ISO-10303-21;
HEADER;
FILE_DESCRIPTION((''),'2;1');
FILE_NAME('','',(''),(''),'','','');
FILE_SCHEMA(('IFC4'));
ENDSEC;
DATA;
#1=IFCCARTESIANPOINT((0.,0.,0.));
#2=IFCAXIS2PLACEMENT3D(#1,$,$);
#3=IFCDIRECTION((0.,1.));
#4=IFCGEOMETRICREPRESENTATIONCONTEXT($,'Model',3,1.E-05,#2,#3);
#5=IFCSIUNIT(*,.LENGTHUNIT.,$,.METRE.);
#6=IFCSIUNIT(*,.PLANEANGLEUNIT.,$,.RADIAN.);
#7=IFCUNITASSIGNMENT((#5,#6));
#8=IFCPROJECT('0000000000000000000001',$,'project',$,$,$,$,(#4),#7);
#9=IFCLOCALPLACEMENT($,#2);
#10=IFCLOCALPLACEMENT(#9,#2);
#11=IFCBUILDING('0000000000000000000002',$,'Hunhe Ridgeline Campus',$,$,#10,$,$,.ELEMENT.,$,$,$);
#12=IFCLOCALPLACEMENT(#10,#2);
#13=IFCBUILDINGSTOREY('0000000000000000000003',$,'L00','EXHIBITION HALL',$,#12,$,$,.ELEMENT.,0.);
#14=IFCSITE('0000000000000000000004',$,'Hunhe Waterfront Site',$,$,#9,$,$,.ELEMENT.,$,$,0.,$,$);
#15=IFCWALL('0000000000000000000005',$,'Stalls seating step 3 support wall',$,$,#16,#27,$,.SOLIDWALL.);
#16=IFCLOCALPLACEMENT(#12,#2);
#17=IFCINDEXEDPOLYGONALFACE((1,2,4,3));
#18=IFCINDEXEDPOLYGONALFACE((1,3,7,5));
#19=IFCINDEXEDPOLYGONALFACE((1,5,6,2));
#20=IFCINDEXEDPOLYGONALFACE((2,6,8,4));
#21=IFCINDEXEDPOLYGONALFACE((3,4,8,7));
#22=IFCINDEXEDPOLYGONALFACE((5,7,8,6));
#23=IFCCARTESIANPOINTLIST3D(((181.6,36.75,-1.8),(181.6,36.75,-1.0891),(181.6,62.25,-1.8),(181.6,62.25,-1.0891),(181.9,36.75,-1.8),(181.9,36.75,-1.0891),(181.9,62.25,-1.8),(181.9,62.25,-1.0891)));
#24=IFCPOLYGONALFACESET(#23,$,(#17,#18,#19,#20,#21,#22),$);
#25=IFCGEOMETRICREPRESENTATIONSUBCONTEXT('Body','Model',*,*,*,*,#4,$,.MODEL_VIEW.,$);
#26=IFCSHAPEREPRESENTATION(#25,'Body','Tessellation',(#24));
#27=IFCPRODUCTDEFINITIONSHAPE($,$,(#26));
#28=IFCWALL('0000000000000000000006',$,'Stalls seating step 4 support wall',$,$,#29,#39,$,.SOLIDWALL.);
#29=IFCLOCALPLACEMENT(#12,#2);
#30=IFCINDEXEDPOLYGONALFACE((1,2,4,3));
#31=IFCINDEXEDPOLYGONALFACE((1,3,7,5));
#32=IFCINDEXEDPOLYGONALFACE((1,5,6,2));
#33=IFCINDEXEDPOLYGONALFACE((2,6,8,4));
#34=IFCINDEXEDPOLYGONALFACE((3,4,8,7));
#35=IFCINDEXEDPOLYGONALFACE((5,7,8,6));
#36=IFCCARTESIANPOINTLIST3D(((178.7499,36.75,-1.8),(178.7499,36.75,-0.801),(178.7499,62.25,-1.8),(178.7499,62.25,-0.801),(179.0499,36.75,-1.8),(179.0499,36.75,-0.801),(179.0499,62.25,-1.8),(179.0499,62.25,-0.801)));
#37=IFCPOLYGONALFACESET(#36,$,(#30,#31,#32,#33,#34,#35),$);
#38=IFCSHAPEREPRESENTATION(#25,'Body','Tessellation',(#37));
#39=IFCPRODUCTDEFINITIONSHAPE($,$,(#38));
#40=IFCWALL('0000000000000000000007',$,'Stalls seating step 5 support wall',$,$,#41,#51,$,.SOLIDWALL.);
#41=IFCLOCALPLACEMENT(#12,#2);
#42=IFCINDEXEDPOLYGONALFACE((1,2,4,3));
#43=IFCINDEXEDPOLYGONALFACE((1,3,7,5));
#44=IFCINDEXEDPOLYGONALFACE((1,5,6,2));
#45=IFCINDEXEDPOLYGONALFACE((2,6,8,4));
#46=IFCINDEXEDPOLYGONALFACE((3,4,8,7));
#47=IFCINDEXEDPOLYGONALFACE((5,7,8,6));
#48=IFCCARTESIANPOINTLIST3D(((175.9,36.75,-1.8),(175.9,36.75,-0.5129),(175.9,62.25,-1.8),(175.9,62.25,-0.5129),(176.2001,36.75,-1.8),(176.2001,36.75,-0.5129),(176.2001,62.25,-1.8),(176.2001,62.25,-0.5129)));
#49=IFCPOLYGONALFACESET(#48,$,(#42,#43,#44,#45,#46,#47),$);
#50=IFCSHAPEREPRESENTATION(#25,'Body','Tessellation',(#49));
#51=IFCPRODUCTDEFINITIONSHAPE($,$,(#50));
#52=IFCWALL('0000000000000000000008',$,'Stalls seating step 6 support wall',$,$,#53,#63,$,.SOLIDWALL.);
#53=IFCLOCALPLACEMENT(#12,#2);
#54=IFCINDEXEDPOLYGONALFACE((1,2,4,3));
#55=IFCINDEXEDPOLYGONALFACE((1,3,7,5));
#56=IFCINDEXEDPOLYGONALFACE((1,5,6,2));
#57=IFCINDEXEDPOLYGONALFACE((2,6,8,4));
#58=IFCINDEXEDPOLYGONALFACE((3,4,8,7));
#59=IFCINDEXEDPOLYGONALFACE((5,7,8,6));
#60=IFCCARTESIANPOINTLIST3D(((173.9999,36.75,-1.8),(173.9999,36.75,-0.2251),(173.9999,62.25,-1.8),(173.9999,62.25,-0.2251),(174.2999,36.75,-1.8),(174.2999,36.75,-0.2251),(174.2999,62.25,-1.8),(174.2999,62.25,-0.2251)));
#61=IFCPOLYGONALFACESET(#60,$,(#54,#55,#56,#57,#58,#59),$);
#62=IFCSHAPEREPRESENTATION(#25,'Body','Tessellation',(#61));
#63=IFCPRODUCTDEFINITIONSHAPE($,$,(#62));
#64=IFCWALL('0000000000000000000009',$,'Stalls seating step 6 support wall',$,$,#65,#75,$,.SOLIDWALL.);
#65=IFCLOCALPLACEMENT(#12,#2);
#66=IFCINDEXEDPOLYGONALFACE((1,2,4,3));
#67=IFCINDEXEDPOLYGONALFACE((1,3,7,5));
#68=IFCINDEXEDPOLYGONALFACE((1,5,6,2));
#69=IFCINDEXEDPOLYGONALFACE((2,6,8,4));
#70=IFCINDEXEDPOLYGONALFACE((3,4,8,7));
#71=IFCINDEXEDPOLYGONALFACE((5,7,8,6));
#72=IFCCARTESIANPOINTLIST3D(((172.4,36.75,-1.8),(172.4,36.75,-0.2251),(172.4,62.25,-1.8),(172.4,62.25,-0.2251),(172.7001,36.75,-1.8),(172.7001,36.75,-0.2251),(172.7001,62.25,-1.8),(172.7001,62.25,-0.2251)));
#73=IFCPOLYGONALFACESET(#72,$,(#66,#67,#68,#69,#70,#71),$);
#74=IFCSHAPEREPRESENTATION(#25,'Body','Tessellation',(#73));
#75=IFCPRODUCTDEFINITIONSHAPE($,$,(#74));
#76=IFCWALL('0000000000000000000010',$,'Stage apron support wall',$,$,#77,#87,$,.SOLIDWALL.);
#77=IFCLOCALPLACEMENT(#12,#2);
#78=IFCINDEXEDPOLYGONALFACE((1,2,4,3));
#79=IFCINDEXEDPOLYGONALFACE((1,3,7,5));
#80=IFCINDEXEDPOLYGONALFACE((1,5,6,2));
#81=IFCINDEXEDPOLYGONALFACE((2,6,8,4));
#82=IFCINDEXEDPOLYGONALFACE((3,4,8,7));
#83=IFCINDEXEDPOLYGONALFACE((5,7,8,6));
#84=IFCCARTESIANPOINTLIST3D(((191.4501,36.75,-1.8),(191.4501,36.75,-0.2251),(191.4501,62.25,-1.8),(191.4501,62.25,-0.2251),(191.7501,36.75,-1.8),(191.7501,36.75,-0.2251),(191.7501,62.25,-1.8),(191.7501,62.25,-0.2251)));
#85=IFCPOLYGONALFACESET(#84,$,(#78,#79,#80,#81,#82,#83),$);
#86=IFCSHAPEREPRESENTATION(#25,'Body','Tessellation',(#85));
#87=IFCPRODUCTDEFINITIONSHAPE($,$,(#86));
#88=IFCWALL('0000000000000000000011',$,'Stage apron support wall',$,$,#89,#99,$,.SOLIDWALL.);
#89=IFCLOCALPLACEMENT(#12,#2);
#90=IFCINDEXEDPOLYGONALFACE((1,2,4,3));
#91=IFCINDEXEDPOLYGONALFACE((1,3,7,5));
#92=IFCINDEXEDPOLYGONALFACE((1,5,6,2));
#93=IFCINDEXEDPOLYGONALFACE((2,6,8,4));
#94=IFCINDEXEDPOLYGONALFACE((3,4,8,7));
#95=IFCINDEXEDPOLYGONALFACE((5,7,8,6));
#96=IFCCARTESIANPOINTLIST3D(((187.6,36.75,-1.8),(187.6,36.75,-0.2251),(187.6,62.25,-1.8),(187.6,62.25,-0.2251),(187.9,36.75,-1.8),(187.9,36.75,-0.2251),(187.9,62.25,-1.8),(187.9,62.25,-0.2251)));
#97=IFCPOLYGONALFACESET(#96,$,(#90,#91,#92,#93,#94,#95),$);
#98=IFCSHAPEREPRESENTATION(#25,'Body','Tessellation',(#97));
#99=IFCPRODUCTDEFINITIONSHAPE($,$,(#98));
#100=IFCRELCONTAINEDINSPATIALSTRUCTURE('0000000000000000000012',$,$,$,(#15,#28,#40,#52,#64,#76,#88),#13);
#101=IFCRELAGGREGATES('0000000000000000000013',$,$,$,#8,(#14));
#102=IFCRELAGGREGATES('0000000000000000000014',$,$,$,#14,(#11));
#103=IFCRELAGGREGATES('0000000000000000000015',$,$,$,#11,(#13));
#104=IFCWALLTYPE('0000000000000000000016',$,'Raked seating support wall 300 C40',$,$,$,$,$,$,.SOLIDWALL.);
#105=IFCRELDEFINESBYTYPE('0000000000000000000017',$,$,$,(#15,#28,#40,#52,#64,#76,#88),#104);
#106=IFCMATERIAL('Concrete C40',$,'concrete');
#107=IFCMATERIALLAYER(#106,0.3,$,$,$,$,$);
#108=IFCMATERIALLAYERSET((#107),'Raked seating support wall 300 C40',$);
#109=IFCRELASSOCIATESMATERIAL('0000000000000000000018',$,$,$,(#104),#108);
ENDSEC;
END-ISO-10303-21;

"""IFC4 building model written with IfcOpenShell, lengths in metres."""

from ifc_helpers import new_model, si_unit, direction, frame, frame_2d, origin, place, context, subcontext, project, spatial, rectangle, extrude, material, layer, layer_set, type_object, element, save


model = new_model("IFC4")

# Units and contexts
model_context = context("Model", 3, precision=1e-05, world=origin(), true_north=direction((0.0, 1.0)))
body_context = subcontext(model_context, "Body", "Model", "MODEL_VIEW")
ifc_project = project(units=[si_unit("LENGTHUNIT", "METRE"), si_unit("PLANEANGLEUNIT", "RADIAN")], contexts=[model_context])

# Site, building, storey
site_placement = place(None, origin())
site = spatial("IfcSite", under=ifc_project, at=site_placement, Name="Hunhe Waterfront Site", CompositionType="ELEMENT", RefElevation=0.0)
building_placement = place(site_placement, origin())
building = spatial("IfcBuilding", under=site, at=building_placement, Name="Hunhe Ridgeline Campus", CompositionType="ELEMENT")
storey_placement = place(building_placement, origin())
storey = spatial("IfcBuildingStorey", under=building, at=storey_placement, Name="L00", Description="EXHIBITION HALL", CompositionType="ELEMENT", Elevation=0.0)

# Walls
ifc_material_1 = material(Name="Concrete C40", Category="concrete")
ifc_layer_1 = layer(ifc_material_1, 0.3)
ifc_layer_set_1 = layer_set([ifc_layer_1], Name="Raked seating support wall 300 C40")
wall_type_1 = type_object("IfcWallType", Name="Raked seating support wall 300 C40", PredefinedType="SOLIDWALL", material=ifc_layer_set_1)
wall_1_placement = place(storey_placement, frame((181.75, 36.75, -1.8), z_axis=(0.0, 0.0, 1.0), x_axis=(0.0, 1.0, 0.0)))
element("IfcWall", 1, at=wall_1_placement, inside=storey, type_object=wall_type_1, Name="Stalls seating step 3 support wall", PredefinedType="SOLIDWALL", context=body_context, shape_type="SweptSolid", body=[
    extrude(rectangle(XDim=25.5, YDim=0.3, at=frame_2d((12.75, 0.0))), origin(), (0.0, 0.0, 1.0), 0.7109),
])
wall_2_placement = place(storey_placement, frame((178.8999, 36.75, -1.8), z_axis=(0.0, 0.0, 1.0), x_axis=(0.0, 1.0, 0.0)))
element("IfcWall", 2, at=wall_2_placement, inside=storey, type_object=wall_type_1, Name="Stalls seating step 4 support wall", PredefinedType="SOLIDWALL", context=body_context, shape_type="SweptSolid", body=[
    extrude(rectangle(XDim=25.5, YDim=0.3, at=frame_2d((12.75, 0.0))), origin(), (0.0, 0.0, 1.0), 0.999),
])
wall_3_placement = place(storey_placement, frame((176.05, 36.75, -1.8), z_axis=(0.0, 0.0, 1.0), x_axis=(0.0, 1.0, 0.0)))
element("IfcWall", 3, at=wall_3_placement, inside=storey, type_object=wall_type_1, Name="Stalls seating step 5 support wall", PredefinedType="SOLIDWALL", context=body_context, shape_type="SweptSolid", body=[
    extrude(rectangle(XDim=25.5, YDim=0.3, at=frame_2d((12.75, 0.0))), origin(), (0.0, 0.0, 1.0), 1.2871),
])
for number, where, z_axis, x_axis, name in (
    (4, (174.1499, 36.75, -1.8), (0.0, 0.0, 1.0), (0.0, 1.0, 0.0), "Stalls seating step 6 support wall"),
    (5, (172.55, 36.75, -1.8), (0.0, 0.0, 1.0), (0.0, 1.0, 0.0), "Stalls seating step 6 support wall"),
    (6, (191.6001, 36.75, -1.8), (0.0, 0.0, 1.0), (0.0, 1.0, 0.0), "Stage apron support wall"),
    (7, (187.75, 36.75, -1.8), (0.0, 0.0, 1.0), (0.0, 1.0, 0.0), "Stage apron support wall"),
):
    element("IfcWall", number, at=place(storey_placement, frame(where, z_axis=z_axis, x_axis=x_axis)), inside=storey, type_object=wall_type_1, Name=name, PredefinedType="SOLIDWALL", context=body_context, shape_type="SweptSolid", body=[
        extrude(rectangle(XDim=25.5, YDim=0.3, at=frame_2d((12.75, 0.0))), origin(), (0.0, 0.0, 1.0), 1.575),
    ])

save(model, "model.ifc")
